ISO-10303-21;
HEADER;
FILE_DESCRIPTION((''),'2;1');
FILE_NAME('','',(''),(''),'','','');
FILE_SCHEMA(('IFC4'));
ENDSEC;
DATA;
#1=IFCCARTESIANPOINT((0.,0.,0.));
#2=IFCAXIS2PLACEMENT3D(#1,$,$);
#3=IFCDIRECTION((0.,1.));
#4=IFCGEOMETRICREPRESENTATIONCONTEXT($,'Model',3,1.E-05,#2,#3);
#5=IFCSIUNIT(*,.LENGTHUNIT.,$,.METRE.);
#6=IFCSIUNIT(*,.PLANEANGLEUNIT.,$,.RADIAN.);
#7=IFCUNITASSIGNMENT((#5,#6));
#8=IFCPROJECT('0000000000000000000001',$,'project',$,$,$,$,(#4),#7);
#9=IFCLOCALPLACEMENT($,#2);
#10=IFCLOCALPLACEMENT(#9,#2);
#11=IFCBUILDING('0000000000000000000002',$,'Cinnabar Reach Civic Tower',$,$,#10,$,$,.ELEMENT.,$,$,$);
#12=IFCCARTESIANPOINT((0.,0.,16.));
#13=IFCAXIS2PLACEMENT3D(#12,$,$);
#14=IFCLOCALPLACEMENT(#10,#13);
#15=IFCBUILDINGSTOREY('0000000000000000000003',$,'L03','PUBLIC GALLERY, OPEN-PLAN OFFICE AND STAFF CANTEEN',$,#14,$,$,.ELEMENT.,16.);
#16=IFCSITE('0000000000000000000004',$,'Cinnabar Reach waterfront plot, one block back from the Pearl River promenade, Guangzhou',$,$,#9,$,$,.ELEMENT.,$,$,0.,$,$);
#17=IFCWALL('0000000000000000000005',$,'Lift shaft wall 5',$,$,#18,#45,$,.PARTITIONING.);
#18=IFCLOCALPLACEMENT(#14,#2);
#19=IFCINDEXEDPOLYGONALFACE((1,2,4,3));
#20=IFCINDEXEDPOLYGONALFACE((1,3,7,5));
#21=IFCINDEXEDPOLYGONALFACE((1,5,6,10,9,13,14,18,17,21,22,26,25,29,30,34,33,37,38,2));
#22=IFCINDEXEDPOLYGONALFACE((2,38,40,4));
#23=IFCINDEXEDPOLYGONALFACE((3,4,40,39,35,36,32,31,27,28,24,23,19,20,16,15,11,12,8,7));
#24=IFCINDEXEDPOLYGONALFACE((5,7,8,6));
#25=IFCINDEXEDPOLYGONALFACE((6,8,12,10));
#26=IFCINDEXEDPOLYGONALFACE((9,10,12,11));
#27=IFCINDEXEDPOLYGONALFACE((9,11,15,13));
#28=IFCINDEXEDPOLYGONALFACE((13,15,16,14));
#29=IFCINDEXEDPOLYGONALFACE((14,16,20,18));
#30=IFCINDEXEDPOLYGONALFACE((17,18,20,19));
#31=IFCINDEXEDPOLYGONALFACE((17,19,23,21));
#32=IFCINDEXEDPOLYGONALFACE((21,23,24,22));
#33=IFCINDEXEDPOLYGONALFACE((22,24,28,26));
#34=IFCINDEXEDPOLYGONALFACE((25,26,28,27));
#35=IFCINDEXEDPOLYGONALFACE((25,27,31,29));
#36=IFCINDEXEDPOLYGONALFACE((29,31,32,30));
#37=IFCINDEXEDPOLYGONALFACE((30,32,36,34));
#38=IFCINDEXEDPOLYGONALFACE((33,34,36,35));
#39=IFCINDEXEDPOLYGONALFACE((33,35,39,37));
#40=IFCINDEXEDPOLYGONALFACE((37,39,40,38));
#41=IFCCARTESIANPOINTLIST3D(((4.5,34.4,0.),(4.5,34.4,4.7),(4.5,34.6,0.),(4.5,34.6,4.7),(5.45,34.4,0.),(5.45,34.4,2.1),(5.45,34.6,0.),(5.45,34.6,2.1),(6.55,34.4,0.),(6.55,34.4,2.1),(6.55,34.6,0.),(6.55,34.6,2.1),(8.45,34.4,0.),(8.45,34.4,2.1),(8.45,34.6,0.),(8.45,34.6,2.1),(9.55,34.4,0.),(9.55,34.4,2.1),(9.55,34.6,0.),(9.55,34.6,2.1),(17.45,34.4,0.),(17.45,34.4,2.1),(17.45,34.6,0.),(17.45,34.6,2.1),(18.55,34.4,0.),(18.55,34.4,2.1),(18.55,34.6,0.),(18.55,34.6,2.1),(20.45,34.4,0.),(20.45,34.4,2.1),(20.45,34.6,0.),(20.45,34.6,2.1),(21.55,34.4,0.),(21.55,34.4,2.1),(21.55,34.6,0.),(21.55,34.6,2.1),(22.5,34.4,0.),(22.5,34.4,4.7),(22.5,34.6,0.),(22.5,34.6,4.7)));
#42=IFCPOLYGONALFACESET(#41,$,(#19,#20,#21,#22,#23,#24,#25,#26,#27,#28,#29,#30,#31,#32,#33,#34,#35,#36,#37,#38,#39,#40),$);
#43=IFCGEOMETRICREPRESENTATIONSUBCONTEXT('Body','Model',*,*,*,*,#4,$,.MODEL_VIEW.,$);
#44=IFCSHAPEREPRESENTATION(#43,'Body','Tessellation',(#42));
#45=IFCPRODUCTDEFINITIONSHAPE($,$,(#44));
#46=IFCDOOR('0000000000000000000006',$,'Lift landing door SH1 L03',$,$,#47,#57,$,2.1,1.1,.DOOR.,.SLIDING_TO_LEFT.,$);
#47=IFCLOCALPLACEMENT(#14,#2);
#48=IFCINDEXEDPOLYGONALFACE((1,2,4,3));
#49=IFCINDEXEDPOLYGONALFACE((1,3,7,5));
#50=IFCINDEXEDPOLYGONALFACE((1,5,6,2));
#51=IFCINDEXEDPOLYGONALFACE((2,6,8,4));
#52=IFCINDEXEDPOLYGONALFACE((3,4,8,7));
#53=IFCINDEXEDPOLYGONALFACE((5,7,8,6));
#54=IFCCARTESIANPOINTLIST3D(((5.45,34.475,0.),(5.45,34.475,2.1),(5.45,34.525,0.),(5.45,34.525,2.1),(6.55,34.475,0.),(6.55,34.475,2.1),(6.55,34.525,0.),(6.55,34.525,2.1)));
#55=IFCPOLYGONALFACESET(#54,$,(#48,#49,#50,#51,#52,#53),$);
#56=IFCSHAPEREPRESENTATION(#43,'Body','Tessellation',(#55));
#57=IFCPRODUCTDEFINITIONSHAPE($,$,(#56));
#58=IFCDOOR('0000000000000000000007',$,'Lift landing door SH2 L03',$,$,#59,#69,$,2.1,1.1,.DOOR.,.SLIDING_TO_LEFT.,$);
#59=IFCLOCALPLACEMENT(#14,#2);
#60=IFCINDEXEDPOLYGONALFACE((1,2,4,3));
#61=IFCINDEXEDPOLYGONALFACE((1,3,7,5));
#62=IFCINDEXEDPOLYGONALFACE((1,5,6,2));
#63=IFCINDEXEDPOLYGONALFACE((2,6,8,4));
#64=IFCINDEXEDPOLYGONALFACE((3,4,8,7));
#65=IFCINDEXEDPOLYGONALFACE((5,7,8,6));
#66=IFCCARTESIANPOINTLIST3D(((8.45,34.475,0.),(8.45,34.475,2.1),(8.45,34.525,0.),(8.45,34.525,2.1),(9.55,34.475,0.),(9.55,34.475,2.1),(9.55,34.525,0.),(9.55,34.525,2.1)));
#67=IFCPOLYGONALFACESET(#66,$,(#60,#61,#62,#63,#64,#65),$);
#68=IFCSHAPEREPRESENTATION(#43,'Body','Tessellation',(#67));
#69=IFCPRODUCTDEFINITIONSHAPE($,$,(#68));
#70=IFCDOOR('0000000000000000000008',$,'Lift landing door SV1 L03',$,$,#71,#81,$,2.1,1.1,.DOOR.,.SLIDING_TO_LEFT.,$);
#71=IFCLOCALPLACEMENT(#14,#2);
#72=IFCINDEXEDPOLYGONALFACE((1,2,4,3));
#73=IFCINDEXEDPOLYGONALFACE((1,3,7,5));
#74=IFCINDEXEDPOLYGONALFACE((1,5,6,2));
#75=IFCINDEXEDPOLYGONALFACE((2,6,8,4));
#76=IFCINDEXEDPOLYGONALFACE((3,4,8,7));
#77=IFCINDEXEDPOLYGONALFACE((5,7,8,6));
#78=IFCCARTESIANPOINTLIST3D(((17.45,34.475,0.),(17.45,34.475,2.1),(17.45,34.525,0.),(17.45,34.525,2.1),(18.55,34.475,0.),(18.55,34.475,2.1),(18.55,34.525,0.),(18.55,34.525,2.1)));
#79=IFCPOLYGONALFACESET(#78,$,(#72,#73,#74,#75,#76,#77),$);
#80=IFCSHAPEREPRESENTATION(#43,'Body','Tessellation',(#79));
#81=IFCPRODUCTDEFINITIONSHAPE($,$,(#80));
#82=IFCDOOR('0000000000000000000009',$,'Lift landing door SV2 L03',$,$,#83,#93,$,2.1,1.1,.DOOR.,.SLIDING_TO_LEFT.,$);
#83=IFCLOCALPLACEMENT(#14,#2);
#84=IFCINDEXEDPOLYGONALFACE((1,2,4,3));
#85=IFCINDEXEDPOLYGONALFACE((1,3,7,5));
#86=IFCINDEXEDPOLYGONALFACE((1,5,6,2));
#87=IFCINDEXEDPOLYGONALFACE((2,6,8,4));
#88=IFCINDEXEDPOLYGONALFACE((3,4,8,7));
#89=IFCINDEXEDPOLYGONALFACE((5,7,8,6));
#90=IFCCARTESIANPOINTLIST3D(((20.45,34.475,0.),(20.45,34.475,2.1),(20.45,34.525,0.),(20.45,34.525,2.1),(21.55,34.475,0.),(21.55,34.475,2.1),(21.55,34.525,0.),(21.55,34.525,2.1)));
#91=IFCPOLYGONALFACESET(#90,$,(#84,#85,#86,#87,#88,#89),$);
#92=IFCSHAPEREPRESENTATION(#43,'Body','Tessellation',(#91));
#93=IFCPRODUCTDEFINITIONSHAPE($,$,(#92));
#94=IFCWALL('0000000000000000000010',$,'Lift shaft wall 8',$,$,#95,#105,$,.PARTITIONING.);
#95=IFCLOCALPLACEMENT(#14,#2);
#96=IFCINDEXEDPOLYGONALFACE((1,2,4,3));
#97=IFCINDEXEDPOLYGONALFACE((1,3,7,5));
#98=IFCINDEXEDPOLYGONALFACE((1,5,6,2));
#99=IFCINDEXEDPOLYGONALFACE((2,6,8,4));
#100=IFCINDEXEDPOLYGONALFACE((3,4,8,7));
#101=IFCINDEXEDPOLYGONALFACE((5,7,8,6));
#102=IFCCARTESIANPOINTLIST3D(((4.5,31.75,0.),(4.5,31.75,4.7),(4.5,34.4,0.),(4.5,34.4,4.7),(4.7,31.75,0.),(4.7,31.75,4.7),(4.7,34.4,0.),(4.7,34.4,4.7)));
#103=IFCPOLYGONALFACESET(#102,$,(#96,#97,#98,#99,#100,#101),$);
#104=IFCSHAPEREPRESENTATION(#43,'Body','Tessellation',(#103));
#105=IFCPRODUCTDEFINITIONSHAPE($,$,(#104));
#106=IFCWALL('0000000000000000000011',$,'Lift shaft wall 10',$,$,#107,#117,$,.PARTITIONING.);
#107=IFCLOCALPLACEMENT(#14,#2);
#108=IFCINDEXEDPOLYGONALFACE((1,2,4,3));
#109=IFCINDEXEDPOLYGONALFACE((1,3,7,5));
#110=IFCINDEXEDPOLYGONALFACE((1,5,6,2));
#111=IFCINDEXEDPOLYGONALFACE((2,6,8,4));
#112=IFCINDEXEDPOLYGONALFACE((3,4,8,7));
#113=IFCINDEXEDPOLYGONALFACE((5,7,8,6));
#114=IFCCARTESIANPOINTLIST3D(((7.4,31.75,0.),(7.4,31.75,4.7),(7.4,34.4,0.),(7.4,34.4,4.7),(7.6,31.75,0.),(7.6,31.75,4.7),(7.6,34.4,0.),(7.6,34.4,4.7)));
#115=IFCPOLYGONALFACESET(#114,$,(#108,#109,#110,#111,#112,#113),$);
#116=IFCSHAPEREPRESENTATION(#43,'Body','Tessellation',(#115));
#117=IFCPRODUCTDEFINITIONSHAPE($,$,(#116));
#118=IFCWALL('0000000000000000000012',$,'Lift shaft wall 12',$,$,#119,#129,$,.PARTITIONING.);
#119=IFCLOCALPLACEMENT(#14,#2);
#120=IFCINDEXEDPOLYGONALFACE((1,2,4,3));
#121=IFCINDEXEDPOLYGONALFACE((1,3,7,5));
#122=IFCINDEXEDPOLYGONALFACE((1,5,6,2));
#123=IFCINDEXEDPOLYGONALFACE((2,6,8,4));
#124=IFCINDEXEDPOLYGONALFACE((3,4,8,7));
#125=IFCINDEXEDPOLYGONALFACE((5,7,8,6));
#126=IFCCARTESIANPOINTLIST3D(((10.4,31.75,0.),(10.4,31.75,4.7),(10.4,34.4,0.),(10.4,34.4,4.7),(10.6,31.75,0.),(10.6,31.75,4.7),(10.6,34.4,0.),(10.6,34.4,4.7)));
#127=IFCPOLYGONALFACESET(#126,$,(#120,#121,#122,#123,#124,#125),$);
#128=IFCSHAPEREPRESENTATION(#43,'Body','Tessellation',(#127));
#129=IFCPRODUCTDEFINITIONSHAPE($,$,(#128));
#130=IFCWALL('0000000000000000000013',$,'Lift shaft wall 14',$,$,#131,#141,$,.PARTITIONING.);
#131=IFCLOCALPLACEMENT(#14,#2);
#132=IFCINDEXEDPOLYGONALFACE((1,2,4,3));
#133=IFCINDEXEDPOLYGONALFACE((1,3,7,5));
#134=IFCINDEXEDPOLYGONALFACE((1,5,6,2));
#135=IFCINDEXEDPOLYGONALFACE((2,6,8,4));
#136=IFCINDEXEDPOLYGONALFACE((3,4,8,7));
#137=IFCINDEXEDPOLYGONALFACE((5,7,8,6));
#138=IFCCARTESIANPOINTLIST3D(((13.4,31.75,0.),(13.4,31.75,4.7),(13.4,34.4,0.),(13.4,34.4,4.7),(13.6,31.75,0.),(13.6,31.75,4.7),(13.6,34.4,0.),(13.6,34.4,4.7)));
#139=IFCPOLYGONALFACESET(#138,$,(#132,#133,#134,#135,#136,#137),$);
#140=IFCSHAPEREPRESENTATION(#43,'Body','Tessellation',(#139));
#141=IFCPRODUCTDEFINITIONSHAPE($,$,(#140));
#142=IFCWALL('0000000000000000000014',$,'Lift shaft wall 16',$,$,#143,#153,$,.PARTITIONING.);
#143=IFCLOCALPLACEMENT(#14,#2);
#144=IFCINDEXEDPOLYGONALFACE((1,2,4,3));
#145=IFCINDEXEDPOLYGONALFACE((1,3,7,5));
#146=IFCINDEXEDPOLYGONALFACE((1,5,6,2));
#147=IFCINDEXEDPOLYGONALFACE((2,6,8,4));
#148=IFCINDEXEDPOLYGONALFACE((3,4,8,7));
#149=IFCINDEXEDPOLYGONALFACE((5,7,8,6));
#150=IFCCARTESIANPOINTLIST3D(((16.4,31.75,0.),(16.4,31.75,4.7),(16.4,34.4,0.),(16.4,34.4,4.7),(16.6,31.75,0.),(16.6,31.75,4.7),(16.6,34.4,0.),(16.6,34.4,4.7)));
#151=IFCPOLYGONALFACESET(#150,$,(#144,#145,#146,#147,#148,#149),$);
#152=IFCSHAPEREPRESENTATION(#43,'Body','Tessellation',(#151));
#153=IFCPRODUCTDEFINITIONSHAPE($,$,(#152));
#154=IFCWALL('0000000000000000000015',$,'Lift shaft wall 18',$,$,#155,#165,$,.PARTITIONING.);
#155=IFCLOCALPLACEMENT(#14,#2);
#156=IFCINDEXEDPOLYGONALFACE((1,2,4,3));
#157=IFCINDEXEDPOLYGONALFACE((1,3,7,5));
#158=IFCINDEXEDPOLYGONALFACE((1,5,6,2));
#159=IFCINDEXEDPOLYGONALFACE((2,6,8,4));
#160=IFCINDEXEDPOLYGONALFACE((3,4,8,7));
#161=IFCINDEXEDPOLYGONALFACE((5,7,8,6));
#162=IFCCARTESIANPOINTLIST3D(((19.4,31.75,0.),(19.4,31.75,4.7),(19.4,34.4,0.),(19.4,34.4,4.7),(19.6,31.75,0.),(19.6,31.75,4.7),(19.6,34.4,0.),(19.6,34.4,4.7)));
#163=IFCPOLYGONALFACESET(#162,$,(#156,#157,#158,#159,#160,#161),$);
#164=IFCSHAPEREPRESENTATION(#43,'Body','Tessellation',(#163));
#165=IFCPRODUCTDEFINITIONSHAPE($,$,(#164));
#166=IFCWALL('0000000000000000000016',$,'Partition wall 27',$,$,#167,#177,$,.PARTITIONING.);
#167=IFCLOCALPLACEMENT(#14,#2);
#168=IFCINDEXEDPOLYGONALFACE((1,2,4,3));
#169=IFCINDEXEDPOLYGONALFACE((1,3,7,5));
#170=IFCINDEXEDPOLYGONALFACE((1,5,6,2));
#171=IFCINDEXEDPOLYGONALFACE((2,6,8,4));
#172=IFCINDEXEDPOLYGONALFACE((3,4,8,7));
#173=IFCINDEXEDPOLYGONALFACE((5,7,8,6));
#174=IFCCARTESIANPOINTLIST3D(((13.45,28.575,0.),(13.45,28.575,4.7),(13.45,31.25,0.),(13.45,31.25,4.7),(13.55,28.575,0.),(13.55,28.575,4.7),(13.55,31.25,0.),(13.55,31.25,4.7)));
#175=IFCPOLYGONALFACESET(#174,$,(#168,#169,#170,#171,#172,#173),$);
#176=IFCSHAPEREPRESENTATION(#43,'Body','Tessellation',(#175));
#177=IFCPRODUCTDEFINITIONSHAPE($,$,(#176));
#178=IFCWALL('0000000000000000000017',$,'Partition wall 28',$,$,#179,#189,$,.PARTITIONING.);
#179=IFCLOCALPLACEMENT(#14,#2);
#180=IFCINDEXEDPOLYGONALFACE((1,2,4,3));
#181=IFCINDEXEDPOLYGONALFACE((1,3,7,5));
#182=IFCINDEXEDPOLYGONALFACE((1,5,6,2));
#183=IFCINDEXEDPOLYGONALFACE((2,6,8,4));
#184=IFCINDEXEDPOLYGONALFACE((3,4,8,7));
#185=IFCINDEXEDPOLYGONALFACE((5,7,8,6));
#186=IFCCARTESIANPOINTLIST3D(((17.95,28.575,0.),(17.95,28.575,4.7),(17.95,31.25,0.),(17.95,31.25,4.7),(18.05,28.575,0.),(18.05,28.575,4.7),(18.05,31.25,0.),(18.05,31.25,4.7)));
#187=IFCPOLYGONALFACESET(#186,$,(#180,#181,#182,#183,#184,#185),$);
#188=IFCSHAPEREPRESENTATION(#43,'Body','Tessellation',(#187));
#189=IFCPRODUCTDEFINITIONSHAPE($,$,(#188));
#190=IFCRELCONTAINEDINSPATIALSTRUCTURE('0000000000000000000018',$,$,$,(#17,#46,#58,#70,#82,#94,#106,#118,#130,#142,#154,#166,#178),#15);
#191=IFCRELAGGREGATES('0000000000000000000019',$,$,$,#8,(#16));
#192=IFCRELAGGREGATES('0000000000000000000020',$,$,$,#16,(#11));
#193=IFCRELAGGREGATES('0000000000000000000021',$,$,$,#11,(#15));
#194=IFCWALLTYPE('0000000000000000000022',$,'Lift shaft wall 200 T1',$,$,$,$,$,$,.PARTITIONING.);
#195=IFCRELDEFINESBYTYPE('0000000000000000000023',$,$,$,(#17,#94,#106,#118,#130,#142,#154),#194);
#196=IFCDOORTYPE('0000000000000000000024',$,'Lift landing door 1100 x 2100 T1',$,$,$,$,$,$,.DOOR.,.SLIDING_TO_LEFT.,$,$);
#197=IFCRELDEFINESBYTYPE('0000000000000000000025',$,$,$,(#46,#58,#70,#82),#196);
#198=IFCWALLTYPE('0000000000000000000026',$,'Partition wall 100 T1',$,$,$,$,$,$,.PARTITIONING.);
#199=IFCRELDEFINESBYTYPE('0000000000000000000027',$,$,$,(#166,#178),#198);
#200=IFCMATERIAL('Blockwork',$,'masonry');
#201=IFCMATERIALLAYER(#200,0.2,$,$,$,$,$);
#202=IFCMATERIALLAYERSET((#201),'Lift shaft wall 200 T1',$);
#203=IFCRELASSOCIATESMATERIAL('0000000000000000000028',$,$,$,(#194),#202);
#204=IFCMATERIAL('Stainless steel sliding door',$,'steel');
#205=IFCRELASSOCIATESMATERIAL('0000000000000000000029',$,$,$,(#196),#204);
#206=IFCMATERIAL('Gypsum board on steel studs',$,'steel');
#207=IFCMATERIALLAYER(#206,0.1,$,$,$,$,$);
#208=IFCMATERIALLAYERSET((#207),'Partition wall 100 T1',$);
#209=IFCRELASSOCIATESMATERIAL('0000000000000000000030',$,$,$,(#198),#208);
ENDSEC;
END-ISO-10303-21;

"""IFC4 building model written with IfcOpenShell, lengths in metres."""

from ifc_helpers import new_model, si_unit, direction, frame, frame_2d, origin, place, context, subcontext, project, spatial, rectangle, extrude, material, layer, layer_set, type_object, element, fill, save


model = new_model("IFC4")

# Units and contexts
model_context = context("Model", 3, precision=1e-05, world=origin(), true_north=direction((0.0, 1.0)))
body_context = subcontext(model_context, "Body", "Model", "MODEL_VIEW")
ifc_project = project(units=[si_unit("LENGTHUNIT", "METRE"), si_unit("PLANEANGLEUNIT", "RADIAN")], contexts=[model_context])

# Site, building, storey
site_placement = place(None, origin())
site = spatial("IfcSite", under=ifc_project, at=site_placement, Name="Cinnabar Reach waterfront plot, one block back from the Pearl River promenade, Guangzhou", CompositionType="ELEMENT", RefElevation=0.0)
building_placement = place(site_placement, origin())
building = spatial("IfcBuilding", under=site, at=building_placement, Name="Cinnabar Reach Civic Tower", CompositionType="ELEMENT")
storey_placement = place(building_placement, frame((0.0, 0.0, 16.0)))
storey = spatial("IfcBuildingStorey", under=building, at=storey_placement, Name="L03", Description="PUBLIC GALLERY, OPEN-PLAN OFFICE AND STAFF CANTEEN", CompositionType="ELEMENT", Elevation=16.0)

# Wall, openings, doors
ifc_material_1 = material(Name="Blockwork", Category="masonry")
ifc_layer_1 = layer(ifc_material_1, 0.2)
ifc_layer_set_1 = layer_set([ifc_layer_1], Name="Lift shaft wall 200 T1")
wall_type_1 = type_object("IfcWallType", Name="Lift shaft wall 200 T1", PredefinedType="PARTITIONING", material=ifc_layer_set_1)
wall_1_placement = place(storey_placement, frame((4.5, 34.5, 0.0), z_axis=(0.0, 0.0, 1.0), x_axis=(1.0, 0.0, 0.0)))
wall_1 = element("IfcWall", 1, at=wall_1_placement, inside=storey, type_object=wall_type_1, Name="Lift shaft wall 5", PredefinedType="PARTITIONING", context=body_context, shape_type="SweptSolid", body=[
    extrude(rectangle(XDim=18.0, YDim=0.2, at=frame_2d((9.0, 0.0))), origin(), (0.0, 0.0, 1.0), 4.7),
])
opening_1_placement = place(wall_1_placement, frame((0.95, 0.0, 0.0)))
opening_1 = element("IfcOpeningElement", 2, at=opening_1_placement, cuts=wall_1, PredefinedType="OPENING", context=body_context, shape_type="SweptSolid", body=[
    extrude(rectangle(XDim=1.1, YDim=2.1, at=frame_2d((0.55, 1.05))), frame((0.0, 0.11, 0.0), z_axis=(0.0, -1.0, 0.0), x_axis=(1.0, 0.0, 0.0)), (0.0, 0.0, 1.0), 0.22),
])
opening_2_placement = place(wall_1_placement, frame((3.95, 0.0, 0.0)))
opening_2 = element("IfcOpeningElement", 3, at=opening_2_placement, cuts=wall_1, PredefinedType="OPENING", context=body_context, shape_type="SweptSolid", body=[
    extrude(rectangle(XDim=1.1, YDim=2.1, at=frame_2d((0.55, 1.05))), frame((0.0, 0.11, 0.0), z_axis=(0.0, -1.0, 0.0), x_axis=(1.0, 0.0, 0.0)), (0.0, 0.0, 1.0), 0.22),
])
opening_3_placement = place(wall_1_placement, frame((12.95, 0.0, 0.0)))
opening_3 = element("IfcOpeningElement", 4, at=opening_3_placement, cuts=wall_1, PredefinedType="OPENING", context=body_context, shape_type="SweptSolid", body=[
    extrude(rectangle(XDim=1.1, YDim=2.1, at=frame_2d((0.55, 1.05))), frame((0.0, 0.11, 0.0), z_axis=(0.0, -1.0, 0.0), x_axis=(1.0, 0.0, 0.0)), (0.0, 0.0, 1.0), 0.22),
])
opening_4_placement = place(wall_1_placement, frame((15.95, 0.0, 0.0)))
opening_4 = element("IfcOpeningElement", 5, at=opening_4_placement, cuts=wall_1, PredefinedType="OPENING", context=body_context, shape_type="SweptSolid", body=[
    extrude(rectangle(XDim=1.1, YDim=2.1, at=frame_2d((0.55, 1.05))), frame((0.0, 0.11, 0.0), z_axis=(0.0, -1.0, 0.0), x_axis=(1.0, 0.0, 0.0)), (0.0, 0.0, 1.0), 0.22),
])
ifc_material_2 = material(Name="Stainless steel sliding door", Category="steel")
door_type_1 = type_object("IfcDoorType", Name="Lift landing door 1100 x 2100 T1", OperationType="SLIDING_TO_LEFT", PredefinedType="DOOR", material=ifc_material_2)
door_1_placement = place(opening_1_placement, origin())
door_1 = element("IfcDoor", 6, at=door_1_placement, inside=storey, type_object=door_type_1, Name="Lift landing door SH1 L03", OperationType="SLIDING_TO_LEFT", OverallHeight=2.1, OverallWidth=1.1, PredefinedType="DOOR", context=body_context, shape_type="SweptSolid", body=[
    extrude(rectangle(XDim=1.1, YDim=2.1, at=frame_2d((0.55, 1.05))), frame((0.0, 0.025, 0.0), z_axis=(0.0, -1.0, 0.0), x_axis=(1.0, 0.0, 0.0)), (0.0, 0.0, 1.0), 0.05),
])
fill(opening_1, door_1)
door_2_placement = place(opening_2_placement, origin())
door_2 = element("IfcDoor", 7, at=door_2_placement, inside=storey, type_object=door_type_1, Name="Lift landing door SH2 L03", OperationType="SLIDING_TO_LEFT", OverallHeight=2.1, OverallWidth=1.1, PredefinedType="DOOR", context=body_context, shape_type="SweptSolid", body=[
    extrude(rectangle(XDim=1.1, YDim=2.1, at=frame_2d((0.55, 1.05))), frame((0.0, 0.025, 0.0), z_axis=(0.0, -1.0, 0.0), x_axis=(1.0, 0.0, 0.0)), (0.0, 0.0, 1.0), 0.05),
])
fill(opening_2, door_2)
door_3_placement = place(opening_3_placement, origin())
door_3 = element("IfcDoor", 8, at=door_3_placement, inside=storey, type_object=door_type_1, Name="Lift landing door SV1 L03", OperationType="SLIDING_TO_LEFT", OverallHeight=2.1, OverallWidth=1.1, PredefinedType="DOOR", context=body_context, shape_type="SweptSolid", body=[
    extrude(rectangle(XDim=1.1, YDim=2.1, at=frame_2d((0.55, 1.05))), frame((0.0, 0.025, 0.0), z_axis=(0.0, -1.0, 0.0), x_axis=(1.0, 0.0, 0.0)), (0.0, 0.0, 1.0), 0.05),
])
fill(opening_3, door_3)
door_4_placement = place(opening_4_placement, origin())
door_4 = element("IfcDoor", 9, at=door_4_placement, inside=storey, type_object=door_type_1, Name="Lift landing door SV2 L03", OperationType="SLIDING_TO_LEFT", OverallHeight=2.1, OverallWidth=1.1, PredefinedType="DOOR", context=body_context, shape_type="SweptSolid", body=[
    extrude(rectangle(XDim=1.1, YDim=2.1, at=frame_2d((0.55, 1.05))), frame((0.0, 0.025, 0.0), z_axis=(0.0, -1.0, 0.0), x_axis=(1.0, 0.0, 0.0)), (0.0, 0.0, 1.0), 0.05),
])
fill(opening_4, door_4)

# Walls
for number, where, z_axis, x_axis, name in (
    (10, (4.6, 31.75, 0.0), (0.0, 0.0, 1.0), (0.0, 1.0, 0.0), "Lift shaft wall 8"),
    (11, (7.5, 31.75, 0.0), (0.0, 0.0, 1.0), (0.0, 1.0, 0.0), "Lift shaft wall 10"),
    (12, (10.5, 31.75, 0.0), (0.0, 0.0, 1.0), (0.0, 1.0, 0.0), "Lift shaft wall 12"),
    (13, (13.5, 31.75, 0.0), (0.0, 0.0, 1.0), (0.0, 1.0, 0.0), "Lift shaft wall 14"),
    (14, (16.5, 31.75, 0.0), (0.0, 0.0, 1.0), (0.0, 1.0, 0.0), "Lift shaft wall 16"),
    (15, (19.5, 31.75, 0.0), (0.0, 0.0, 1.0), (0.0, 1.0, 0.0), "Lift shaft wall 18"),
):
    element("IfcWall", number, at=place(storey_placement, frame(where, z_axis=z_axis, x_axis=x_axis)), inside=storey, type_object=wall_type_1, Name=name, PredefinedType="PARTITIONING", context=body_context, shape_type="SweptSolid", body=[
        extrude(rectangle(XDim=2.65, YDim=0.2, at=frame_2d((1.325, 0.0))), origin(), (0.0, 0.0, 1.0), 4.7),
    ])
ifc_material_3 = material(Name="Gypsum board on steel studs", Category="steel")
ifc_layer_2 = layer(ifc_material_3, 0.1)
ifc_layer_set_2 = layer_set([ifc_layer_2], Name="Partition wall 100 T1")
wall_type_2 = type_object("IfcWallType", Name="Partition wall 100 T1", PredefinedType="PARTITIONING", material=ifc_layer_set_2)
for number, where, z_axis, x_axis, name in (
    (16, (13.5, 28.575, 0.0), (0.0, 0.0, 1.0), (0.0, 1.0, 0.0), "Partition wall 27"),
    (17, (18.0, 28.575, 0.0), (0.0, 0.0, 1.0), (0.0, 1.0, 0.0), "Partition wall 28"),
):
    element("IfcWall", number, at=place(storey_placement, frame(where, z_axis=z_axis, x_axis=x_axis)), inside=storey, type_object=wall_type_2, Name=name, PredefinedType="PARTITIONING", context=body_context, shape_type="SweptSolid", body=[
        extrude(rectangle(XDim=2.675, YDim=0.1, at=frame_2d((1.3375, 0.0))), origin(), (0.0, 0.0, 1.0), 4.7),
    ])

save(model, "model.ifc")
